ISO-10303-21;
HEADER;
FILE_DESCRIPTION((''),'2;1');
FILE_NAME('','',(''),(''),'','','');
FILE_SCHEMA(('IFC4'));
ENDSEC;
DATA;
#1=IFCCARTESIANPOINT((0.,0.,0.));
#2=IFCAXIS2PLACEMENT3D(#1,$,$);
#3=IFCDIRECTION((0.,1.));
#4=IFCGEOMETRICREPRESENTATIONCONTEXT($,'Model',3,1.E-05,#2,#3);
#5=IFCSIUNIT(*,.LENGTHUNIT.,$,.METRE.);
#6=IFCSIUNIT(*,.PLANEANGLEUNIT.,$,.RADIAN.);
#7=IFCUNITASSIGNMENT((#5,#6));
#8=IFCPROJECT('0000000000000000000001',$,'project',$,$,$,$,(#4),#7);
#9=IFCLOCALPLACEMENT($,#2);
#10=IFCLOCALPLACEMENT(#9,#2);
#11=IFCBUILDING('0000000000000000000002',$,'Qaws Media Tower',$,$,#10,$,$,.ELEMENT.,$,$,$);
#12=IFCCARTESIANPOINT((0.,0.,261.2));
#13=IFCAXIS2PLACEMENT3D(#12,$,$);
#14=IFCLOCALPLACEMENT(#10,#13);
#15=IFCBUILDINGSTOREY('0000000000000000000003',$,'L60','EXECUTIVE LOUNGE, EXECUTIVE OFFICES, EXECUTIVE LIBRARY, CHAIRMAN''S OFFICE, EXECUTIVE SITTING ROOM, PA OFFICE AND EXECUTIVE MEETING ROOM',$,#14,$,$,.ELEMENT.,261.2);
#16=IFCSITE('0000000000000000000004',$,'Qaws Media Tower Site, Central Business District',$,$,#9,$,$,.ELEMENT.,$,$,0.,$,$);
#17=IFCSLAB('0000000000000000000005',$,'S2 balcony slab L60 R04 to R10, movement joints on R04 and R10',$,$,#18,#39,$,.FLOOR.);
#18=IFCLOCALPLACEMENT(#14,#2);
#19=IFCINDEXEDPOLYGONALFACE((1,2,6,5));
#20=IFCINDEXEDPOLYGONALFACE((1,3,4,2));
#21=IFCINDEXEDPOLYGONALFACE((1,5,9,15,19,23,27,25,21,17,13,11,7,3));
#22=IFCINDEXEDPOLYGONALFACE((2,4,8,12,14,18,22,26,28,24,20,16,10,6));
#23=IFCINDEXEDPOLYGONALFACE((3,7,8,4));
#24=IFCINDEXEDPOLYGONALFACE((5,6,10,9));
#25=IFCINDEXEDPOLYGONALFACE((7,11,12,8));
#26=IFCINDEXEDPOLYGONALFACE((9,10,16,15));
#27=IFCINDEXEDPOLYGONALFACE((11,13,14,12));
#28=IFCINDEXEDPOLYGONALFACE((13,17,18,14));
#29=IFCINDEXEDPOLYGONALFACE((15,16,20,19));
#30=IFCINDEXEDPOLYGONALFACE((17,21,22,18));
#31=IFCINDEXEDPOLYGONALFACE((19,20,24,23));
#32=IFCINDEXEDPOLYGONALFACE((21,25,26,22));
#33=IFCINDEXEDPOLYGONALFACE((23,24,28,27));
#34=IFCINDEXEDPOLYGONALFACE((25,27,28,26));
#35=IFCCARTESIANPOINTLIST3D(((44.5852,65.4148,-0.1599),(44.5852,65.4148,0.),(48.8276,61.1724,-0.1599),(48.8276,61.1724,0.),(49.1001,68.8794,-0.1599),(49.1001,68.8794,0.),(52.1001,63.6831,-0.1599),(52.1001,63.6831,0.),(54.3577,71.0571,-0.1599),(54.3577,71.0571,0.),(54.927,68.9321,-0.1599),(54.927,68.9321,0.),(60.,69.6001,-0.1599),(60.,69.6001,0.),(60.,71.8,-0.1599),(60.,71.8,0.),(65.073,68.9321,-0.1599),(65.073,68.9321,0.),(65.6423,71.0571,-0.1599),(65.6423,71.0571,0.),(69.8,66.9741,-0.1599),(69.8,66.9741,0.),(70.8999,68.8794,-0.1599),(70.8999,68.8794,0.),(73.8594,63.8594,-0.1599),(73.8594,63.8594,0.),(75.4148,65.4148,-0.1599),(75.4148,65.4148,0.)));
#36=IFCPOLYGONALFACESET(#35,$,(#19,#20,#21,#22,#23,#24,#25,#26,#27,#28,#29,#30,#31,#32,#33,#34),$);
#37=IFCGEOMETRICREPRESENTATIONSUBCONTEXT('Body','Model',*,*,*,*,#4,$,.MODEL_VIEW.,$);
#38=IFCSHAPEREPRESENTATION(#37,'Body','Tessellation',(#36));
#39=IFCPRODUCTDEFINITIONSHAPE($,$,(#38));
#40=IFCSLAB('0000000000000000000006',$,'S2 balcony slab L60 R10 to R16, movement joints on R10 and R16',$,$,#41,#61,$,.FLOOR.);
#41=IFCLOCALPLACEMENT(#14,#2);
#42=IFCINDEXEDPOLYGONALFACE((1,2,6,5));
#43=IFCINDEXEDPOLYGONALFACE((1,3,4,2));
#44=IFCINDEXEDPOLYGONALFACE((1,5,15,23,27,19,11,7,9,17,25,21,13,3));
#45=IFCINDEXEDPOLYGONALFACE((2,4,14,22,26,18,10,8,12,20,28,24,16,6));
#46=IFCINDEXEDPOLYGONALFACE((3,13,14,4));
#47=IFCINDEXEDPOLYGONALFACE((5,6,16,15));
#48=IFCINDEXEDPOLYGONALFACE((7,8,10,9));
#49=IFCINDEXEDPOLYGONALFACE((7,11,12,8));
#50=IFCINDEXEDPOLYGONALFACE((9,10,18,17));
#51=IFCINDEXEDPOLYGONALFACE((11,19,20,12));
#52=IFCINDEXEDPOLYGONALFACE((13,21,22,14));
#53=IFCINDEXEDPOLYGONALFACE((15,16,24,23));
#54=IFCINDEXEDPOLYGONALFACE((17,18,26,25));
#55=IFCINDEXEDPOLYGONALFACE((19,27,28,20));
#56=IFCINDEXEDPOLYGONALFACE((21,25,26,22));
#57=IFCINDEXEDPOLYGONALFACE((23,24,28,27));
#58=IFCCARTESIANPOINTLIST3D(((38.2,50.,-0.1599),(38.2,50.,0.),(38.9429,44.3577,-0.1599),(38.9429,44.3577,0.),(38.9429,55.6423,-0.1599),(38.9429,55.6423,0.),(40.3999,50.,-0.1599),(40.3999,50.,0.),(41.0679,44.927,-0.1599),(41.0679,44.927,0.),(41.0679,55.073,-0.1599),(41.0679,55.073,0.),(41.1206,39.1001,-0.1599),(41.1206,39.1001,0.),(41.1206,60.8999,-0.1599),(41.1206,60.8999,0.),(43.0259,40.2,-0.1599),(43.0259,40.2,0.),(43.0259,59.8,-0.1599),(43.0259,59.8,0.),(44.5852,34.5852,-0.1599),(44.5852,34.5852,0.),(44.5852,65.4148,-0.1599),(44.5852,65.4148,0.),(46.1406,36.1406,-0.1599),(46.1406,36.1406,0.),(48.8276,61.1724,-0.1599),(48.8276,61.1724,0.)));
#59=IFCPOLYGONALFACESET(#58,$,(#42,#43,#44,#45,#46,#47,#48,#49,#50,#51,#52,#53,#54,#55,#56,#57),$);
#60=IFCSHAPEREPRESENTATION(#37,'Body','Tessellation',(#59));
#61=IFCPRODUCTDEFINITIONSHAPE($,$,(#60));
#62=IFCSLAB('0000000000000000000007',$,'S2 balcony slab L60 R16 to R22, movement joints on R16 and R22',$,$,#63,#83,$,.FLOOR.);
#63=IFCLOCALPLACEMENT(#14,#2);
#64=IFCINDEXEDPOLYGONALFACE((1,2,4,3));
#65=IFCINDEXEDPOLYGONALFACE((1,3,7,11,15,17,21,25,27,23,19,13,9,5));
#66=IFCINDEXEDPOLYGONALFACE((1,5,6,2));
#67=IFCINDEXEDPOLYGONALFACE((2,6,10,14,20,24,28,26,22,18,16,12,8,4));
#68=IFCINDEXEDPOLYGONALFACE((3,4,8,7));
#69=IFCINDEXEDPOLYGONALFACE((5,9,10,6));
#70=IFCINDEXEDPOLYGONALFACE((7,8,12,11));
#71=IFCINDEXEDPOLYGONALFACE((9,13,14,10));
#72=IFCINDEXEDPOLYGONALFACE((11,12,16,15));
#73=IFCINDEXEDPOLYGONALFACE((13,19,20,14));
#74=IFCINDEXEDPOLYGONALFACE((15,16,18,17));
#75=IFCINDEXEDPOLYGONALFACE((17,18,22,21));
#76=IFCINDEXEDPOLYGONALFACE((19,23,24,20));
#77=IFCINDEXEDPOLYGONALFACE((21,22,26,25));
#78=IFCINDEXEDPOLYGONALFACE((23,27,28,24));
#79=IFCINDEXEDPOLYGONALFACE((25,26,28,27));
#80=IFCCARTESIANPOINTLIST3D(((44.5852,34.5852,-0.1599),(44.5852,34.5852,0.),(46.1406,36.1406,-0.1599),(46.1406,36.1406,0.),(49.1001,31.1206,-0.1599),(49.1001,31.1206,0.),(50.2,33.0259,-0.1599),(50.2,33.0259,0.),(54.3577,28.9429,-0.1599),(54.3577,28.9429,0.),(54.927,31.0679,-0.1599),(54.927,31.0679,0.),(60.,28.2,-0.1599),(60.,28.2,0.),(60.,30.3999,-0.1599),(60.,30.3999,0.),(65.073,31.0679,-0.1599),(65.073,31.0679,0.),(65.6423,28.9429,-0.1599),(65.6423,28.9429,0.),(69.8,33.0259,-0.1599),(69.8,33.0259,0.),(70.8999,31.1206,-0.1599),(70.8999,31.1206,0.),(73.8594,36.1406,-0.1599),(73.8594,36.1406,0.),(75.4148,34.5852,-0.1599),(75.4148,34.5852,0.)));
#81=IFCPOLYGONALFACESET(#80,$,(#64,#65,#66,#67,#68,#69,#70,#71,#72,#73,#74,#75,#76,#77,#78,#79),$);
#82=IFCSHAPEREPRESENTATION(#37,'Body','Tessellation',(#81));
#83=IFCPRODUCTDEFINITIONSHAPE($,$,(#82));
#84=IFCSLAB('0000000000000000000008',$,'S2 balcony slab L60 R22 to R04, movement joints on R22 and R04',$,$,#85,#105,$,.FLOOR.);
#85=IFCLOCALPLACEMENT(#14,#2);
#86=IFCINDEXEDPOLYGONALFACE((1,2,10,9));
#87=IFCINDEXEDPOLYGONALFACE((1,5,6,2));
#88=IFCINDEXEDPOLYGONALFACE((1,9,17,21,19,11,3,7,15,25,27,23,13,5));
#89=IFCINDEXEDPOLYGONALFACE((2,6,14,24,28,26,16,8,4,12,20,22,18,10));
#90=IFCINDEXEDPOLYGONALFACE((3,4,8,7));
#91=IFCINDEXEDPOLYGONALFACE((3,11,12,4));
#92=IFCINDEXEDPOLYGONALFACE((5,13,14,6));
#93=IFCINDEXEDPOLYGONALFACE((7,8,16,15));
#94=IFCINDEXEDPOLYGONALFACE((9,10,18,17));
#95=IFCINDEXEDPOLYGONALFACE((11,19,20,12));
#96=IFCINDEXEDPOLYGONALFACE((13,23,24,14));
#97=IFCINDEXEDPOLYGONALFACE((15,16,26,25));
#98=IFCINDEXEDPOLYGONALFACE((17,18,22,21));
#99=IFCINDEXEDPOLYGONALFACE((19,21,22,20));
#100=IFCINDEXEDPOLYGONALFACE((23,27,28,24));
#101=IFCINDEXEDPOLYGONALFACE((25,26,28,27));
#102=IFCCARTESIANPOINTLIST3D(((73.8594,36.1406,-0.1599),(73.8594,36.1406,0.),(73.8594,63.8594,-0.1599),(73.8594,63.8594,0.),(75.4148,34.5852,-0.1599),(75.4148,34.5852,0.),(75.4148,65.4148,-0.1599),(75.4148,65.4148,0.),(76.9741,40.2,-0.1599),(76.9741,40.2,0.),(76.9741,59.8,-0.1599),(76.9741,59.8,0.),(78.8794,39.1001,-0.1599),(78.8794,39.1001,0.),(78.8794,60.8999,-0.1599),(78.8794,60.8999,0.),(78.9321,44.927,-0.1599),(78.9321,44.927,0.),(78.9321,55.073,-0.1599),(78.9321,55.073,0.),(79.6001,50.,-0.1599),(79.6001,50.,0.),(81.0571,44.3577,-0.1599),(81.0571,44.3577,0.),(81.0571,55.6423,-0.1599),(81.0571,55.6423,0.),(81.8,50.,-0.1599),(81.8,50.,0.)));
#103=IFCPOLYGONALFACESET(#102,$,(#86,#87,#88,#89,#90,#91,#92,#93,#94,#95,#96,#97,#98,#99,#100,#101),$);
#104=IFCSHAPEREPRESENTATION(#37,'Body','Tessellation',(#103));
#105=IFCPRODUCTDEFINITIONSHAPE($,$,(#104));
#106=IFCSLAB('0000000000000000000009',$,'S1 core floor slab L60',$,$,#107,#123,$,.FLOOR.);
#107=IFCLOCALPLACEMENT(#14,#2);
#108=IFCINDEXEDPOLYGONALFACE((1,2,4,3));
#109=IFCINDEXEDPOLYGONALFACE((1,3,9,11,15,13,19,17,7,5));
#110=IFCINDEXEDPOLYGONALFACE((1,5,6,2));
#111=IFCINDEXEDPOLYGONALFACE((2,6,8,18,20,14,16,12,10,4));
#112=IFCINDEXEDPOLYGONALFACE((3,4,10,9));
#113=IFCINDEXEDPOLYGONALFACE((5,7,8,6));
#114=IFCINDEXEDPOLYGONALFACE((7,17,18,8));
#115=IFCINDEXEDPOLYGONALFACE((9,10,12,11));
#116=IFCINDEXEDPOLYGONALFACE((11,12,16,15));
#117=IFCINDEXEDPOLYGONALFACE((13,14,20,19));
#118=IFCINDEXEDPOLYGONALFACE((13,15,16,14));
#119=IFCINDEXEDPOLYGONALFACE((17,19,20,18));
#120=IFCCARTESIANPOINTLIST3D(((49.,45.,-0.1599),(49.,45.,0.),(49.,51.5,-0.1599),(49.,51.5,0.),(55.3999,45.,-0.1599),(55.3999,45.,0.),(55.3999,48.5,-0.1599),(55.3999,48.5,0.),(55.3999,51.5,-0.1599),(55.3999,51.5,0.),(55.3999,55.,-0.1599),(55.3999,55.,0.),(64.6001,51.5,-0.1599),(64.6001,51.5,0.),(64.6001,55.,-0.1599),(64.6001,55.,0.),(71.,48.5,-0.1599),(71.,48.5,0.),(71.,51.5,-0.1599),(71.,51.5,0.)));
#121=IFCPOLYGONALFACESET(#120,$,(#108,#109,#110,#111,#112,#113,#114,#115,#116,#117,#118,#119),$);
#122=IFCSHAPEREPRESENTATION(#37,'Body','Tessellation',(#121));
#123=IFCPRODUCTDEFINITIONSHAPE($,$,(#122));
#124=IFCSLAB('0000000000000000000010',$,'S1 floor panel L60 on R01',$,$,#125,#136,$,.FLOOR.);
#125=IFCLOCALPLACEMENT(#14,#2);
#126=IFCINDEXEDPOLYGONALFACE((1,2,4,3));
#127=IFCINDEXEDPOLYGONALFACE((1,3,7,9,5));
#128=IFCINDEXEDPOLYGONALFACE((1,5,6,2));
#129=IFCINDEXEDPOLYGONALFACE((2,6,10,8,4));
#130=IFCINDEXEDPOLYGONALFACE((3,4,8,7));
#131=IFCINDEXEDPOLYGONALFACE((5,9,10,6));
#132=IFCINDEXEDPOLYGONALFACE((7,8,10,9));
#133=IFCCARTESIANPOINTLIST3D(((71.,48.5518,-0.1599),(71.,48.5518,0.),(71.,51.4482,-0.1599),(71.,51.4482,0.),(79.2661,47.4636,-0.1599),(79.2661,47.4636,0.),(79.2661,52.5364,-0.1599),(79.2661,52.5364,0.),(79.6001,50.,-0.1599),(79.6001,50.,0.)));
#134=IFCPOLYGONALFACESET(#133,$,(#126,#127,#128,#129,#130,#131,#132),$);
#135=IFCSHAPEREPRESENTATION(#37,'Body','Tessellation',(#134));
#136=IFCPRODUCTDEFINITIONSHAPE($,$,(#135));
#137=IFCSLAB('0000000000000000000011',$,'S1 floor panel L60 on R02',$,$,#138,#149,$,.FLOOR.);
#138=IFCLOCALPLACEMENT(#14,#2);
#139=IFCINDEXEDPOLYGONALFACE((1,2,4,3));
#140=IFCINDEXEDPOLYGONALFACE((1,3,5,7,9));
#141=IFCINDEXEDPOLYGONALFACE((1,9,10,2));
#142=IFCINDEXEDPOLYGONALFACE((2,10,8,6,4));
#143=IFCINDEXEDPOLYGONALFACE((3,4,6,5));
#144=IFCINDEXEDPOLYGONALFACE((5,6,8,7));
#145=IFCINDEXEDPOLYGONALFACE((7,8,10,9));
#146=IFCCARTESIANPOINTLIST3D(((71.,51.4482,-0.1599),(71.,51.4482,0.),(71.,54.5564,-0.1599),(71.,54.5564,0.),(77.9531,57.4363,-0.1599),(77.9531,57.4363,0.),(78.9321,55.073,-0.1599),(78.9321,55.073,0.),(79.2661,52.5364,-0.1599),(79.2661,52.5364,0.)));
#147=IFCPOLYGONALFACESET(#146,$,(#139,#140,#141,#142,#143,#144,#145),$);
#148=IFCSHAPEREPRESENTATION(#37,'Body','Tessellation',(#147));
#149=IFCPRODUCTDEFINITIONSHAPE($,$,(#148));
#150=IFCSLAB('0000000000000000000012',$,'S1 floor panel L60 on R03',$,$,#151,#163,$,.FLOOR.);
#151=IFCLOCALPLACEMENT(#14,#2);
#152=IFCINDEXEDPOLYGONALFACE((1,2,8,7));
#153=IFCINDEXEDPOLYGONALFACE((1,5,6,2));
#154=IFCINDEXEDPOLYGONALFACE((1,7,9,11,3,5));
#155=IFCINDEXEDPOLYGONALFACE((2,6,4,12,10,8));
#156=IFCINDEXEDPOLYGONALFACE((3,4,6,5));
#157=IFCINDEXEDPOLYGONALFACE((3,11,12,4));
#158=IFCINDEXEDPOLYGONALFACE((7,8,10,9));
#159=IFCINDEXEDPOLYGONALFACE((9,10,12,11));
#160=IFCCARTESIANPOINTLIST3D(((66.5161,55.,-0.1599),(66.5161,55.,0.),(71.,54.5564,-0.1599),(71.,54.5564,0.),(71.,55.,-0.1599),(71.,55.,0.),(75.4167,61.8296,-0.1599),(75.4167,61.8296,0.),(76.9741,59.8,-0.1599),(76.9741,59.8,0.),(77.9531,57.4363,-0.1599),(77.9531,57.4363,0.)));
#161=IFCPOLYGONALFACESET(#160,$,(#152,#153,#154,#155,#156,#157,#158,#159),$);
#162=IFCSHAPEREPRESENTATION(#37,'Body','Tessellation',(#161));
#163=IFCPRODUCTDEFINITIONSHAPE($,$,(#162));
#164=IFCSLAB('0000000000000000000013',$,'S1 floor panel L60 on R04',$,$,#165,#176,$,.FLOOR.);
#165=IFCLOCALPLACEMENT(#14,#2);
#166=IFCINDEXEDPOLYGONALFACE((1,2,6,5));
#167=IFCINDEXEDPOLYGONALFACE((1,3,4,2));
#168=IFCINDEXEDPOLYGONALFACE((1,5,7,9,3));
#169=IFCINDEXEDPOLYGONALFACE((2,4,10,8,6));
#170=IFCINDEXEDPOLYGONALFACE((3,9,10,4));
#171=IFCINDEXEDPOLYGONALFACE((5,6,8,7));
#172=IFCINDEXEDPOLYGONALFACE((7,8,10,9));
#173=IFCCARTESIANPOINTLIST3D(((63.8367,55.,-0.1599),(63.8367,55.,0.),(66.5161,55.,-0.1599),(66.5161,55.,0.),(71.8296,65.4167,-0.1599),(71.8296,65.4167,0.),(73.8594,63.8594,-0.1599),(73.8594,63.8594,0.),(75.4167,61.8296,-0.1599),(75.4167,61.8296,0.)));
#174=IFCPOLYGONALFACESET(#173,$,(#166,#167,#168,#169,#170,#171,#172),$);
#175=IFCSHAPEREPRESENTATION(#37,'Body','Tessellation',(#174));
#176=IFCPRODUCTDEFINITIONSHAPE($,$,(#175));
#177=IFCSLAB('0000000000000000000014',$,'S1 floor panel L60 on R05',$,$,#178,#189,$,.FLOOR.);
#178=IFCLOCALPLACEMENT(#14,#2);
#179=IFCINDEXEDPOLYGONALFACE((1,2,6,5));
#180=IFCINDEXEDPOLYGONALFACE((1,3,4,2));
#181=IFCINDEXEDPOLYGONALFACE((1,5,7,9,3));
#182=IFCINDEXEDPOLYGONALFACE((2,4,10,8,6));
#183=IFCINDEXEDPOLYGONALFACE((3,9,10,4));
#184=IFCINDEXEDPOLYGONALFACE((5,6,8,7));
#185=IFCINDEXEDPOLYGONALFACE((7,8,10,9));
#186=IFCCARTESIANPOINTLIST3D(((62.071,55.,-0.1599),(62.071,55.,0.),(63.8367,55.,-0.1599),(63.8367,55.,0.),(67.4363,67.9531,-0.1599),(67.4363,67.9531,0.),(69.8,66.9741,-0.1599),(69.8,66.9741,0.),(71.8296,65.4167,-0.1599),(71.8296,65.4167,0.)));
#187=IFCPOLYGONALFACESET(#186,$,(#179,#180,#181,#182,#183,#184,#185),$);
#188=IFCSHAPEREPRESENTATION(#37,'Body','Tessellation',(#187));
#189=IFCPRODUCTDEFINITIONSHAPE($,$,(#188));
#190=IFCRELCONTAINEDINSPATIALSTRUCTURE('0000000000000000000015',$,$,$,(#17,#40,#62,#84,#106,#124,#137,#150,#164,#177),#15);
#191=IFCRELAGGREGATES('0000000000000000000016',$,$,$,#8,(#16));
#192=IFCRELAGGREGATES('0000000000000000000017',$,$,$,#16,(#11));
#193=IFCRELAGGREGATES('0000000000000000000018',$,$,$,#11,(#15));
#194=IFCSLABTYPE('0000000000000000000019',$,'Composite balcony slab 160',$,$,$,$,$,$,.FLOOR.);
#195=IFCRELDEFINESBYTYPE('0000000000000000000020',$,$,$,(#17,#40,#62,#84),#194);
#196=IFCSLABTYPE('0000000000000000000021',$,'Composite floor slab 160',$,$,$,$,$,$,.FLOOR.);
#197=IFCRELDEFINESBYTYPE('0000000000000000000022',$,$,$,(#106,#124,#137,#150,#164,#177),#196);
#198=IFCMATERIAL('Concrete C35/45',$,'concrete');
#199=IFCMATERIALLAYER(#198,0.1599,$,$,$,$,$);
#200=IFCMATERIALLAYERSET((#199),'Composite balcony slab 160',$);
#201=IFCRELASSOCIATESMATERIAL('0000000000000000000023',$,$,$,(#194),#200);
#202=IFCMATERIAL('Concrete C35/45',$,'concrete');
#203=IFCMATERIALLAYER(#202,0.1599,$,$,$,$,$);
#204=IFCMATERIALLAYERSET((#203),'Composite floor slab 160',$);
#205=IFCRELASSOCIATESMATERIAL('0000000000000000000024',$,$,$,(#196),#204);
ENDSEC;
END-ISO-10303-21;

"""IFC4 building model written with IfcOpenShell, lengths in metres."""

from ifc_helpers import new_model, si_unit, direction, frame, origin, place, context, subcontext, project, spatial, polyline, outline, extrude, material, layer, layer_set, type_object, element, save


model = new_model("IFC4")

# Units and contexts
model_context = context("Model", 3, precision=1e-05, world=origin(), true_north=direction((0.0, 1.0)))
body_context = subcontext(model_context, "Body", "Model", "MODEL_VIEW")
ifc_project = project(units=[si_unit("LENGTHUNIT", "METRE"), si_unit("PLANEANGLEUNIT", "RADIAN")], contexts=[model_context])

# Site, building, storey
site_placement = place(None, origin())
site = spatial("IfcSite", under=ifc_project, at=site_placement, Name="Qaws Media Tower Site, Central Business District", CompositionType="ELEMENT", RefElevation=0.0)
building_placement = place(site_placement, origin())
building = spatial("IfcBuilding", under=site, at=building_placement, Name="Qaws Media Tower", CompositionType="ELEMENT")
storey_placement = place(building_placement, frame((0.0, 0.0, 261.2)))
storey = spatial("IfcBuildingStorey", under=building, at=storey_placement, Name="L60", Description="EXECUTIVE LOUNGE, EXECUTIVE OFFICES, EXECUTIVE LIBRARY, CHAIRMAN'S OFFICE, EXECUTIVE SITTING ROOM, PA OFFICE AND EXECUTIVE MEETING ROOM", CompositionType="ELEMENT", Elevation=261.2)

# Slabs
ifc_material_1 = material(Name="Concrete C35/45", Category="concrete")
ifc_layer_1 = layer(ifc_material_1, 0.1599)
ifc_layer_set_1 = layer_set([ifc_layer_1], Name="Composite balcony slab 160")
slab_type_1 = type_object("IfcSlabType", Name="Composite balcony slab 160", PredefinedType="FLOOR", material=ifc_layer_set_1)
slab_1_placement = place(storey_placement, frame((0.0, 0.0, -0.1599)))
element("IfcSlab", 1, at=slab_1_placement, inside=storey, type_object=slab_type_1, Name="S2 balcony slab L60 R04 to R10, movement joints on R04 and R10", PredefinedType="FLOOR", context=body_context, shape_type="SweptSolid", body=[
    extrude(outline(polyline([(49.1001, 68.8794), (54.3577, 71.0571), (60.0, 71.8), (65.6423, 71.0571), (70.8999, 68.8794), (75.4148, 65.4148), (73.8594, 63.8594), (69.8, 66.9741), (65.073, 68.9321), (60.0, 69.6001), (54.927, 68.9321), (52.1001, 63.6831), (48.8276, 61.1724), (44.5852, 65.4148), (49.1001, 68.8794)])), origin(), (0.0, 0.0, 1.0), 0.1599),
])
slab_2_placement = place(storey_placement, frame((0.0, 0.0, -0.1599)))
element("IfcSlab", 2, at=slab_2_placement, inside=storey, type_object=slab_type_1, Name="S2 balcony slab L60 R10 to R16, movement joints on R10 and R16", PredefinedType="FLOOR", context=body_context, shape_type="SweptSolid", body=[
    extrude(outline(polyline([(41.1206, 39.1001), (38.9429, 44.3577), (38.2, 50.0), (38.9429, 55.6423), (41.1206, 60.8999), (44.5852, 65.4148), (48.8276, 61.1724), (43.0259, 59.8), (41.0679, 55.073), (40.3999, 50.0), (41.0679, 44.927), (43.0259, 40.2), (46.1406, 36.1406), (44.5852, 34.5852), (41.1206, 39.1001)])), origin(), (0.0, 0.0, 1.0), 0.1599),
])
slab_3_placement = place(storey_placement, frame((0.0, 0.0, -0.1599)))
element("IfcSlab", 3, at=slab_3_placement, inside=storey, type_object=slab_type_1, Name="S2 balcony slab L60 R16 to R22, movement joints on R16 and R22", PredefinedType="FLOOR", context=body_context, shape_type="SweptSolid", body=[
    extrude(outline(polyline([(70.8999, 31.1206), (65.6423, 28.9429), (60.0, 28.2), (54.3577, 28.9429), (49.1001, 31.1206), (44.5852, 34.5852), (46.1406, 36.1406), (50.2, 33.0259), (54.927, 31.0679), (60.0, 30.3999), (65.073, 31.0679), (69.8, 33.0259), (73.8594, 36.1406), (75.4148, 34.5852), (70.8999, 31.1206)])), origin(), (0.0, 0.0, 1.0), 0.1599),
])
slab_4_placement = place(storey_placement, frame((0.0, 0.0, -0.1599)))
element("IfcSlab", 4, at=slab_4_placement, inside=storey, type_object=slab_type_1, Name="S2 balcony slab L60 R22 to R04, movement joints on R22 and R04", PredefinedType="FLOOR", context=body_context, shape_type="SweptSolid", body=[
    extrude(outline(polyline([(78.8794, 39.1001), (75.4148, 34.5852), (73.8594, 36.1406), (76.9741, 40.2), (78.9321, 44.927), (79.6001, 50.0), (78.9321, 55.073), (76.9741, 59.8), (73.8594, 63.8594), (75.4148, 65.4148), (78.8794, 60.8999), (81.0571, 55.6423), (81.8, 50.0), (81.0571, 44.3577), (78.8794, 39.1001)])), origin(), (0.0, 0.0, 1.0), 0.1599),
])
ifc_material_2 = material(Name="Concrete C35/45", Category="concrete")
ifc_layer_2 = layer(ifc_material_2, 0.1599)
ifc_layer_set_2 = layer_set([ifc_layer_2], Name="Composite floor slab 160")
slab_type_2 = type_object("IfcSlabType", Name="Composite floor slab 160", PredefinedType="FLOOR", material=ifc_layer_set_2)
slab_5_placement = place(storey_placement, frame((0.0, 0.0, -0.1599)))
element("IfcSlab", 5, at=slab_5_placement, inside=storey, type_object=slab_type_2, Name="S1 core floor slab L60", PredefinedType="FLOOR", context=body_context, shape_type="SweptSolid", body=[
    extrude(outline(polyline([(71.0, 51.5), (71.0, 48.5), (55.3999, 48.5), (55.3999, 45.0), (49.0, 45.0), (49.0, 51.5), (55.3999, 51.5), (55.3999, 55.0), (64.6001, 55.0), (64.6001, 51.5), (71.0, 51.5)])), origin(), (0.0, 0.0, 1.0), 0.1599),
])
slab_6_placement = place(storey_placement, frame((0.0, 0.0, -0.1599)))
element("IfcSlab", 6, at=slab_6_placement, inside=storey, type_object=slab_type_2, Name="S1 floor panel L60 on R01", PredefinedType="FLOOR", context=body_context, shape_type="SweptSolid", body=[
    extrude(outline(polyline([(79.6001, 50.0), (79.2661, 47.4636), (71.0, 48.5518), (71.0, 51.4482), (79.2661, 52.5364), (79.6001, 50.0)])), origin(), (0.0, 0.0, 1.0), 0.1599),
])
slab_7_placement = place(storey_placement, frame((0.0, 0.0, -0.1599)))
element("IfcSlab", 7, at=slab_7_placement, inside=storey, type_object=slab_type_2, Name="S1 floor panel L60 on R02", PredefinedType="FLOOR", context=body_context, shape_type="SweptSolid", body=[
    extrude(outline(polyline([(78.9321, 55.073), (79.2661, 52.5364), (71.0, 51.4482), (71.0, 54.5564), (77.9531, 57.4363), (78.9321, 55.073)])), origin(), (0.0, 0.0, 1.0), 0.1599),
])
slab_8_placement = place(storey_placement, frame((0.0, 0.0, -0.1599)))
element("IfcSlab", 8, at=slab_8_placement, inside=storey, type_object=slab_type_2, Name="S1 floor panel L60 on R03", PredefinedType="FLOOR", context=body_context, shape_type="SweptSolid", body=[
    extrude(outline(polyline([(76.9741, 59.8), (77.9531, 57.4363), (71.0, 54.5564), (71.0, 55.0), (66.5161, 55.0), (75.4167, 61.8296), (76.9741, 59.8)])), origin(), (0.0, 0.0, 1.0), 0.1599),
])
slab_9_placement = place(storey_placement, frame((0.0, 0.0, -0.1599)))
element("IfcSlab", 9, at=slab_9_placement, inside=storey, type_object=slab_type_2, Name="S1 floor panel L60 on R04", PredefinedType="FLOOR", context=body_context, shape_type="SweptSolid", body=[
    extrude(outline(polyline([(73.8594, 63.8594), (75.4167, 61.8296), (66.5161, 55.0), (63.8367, 55.0), (71.8296, 65.4167), (73.8594, 63.8594)])), origin(), (0.0, 0.0, 1.0), 0.1599),
])
slab_10_placement = place(storey_placement, frame((0.0, 0.0, -0.1599)))
element("IfcSlab", 10, at=slab_10_placement, inside=storey, type_object=slab_type_2, Name="S1 floor panel L60 on R05", PredefinedType="FLOOR", context=body_context, shape_type="SweptSolid", body=[
    extrude(outline(polyline([(69.8, 66.9741), (71.8296, 65.4167), (63.8367, 55.0), (62.071, 55.0), (67.4363, 67.9531), (69.8, 66.9741)])), origin(), (0.0, 0.0, 1.0), 0.1599),
])

save(model, "model.ifc")
